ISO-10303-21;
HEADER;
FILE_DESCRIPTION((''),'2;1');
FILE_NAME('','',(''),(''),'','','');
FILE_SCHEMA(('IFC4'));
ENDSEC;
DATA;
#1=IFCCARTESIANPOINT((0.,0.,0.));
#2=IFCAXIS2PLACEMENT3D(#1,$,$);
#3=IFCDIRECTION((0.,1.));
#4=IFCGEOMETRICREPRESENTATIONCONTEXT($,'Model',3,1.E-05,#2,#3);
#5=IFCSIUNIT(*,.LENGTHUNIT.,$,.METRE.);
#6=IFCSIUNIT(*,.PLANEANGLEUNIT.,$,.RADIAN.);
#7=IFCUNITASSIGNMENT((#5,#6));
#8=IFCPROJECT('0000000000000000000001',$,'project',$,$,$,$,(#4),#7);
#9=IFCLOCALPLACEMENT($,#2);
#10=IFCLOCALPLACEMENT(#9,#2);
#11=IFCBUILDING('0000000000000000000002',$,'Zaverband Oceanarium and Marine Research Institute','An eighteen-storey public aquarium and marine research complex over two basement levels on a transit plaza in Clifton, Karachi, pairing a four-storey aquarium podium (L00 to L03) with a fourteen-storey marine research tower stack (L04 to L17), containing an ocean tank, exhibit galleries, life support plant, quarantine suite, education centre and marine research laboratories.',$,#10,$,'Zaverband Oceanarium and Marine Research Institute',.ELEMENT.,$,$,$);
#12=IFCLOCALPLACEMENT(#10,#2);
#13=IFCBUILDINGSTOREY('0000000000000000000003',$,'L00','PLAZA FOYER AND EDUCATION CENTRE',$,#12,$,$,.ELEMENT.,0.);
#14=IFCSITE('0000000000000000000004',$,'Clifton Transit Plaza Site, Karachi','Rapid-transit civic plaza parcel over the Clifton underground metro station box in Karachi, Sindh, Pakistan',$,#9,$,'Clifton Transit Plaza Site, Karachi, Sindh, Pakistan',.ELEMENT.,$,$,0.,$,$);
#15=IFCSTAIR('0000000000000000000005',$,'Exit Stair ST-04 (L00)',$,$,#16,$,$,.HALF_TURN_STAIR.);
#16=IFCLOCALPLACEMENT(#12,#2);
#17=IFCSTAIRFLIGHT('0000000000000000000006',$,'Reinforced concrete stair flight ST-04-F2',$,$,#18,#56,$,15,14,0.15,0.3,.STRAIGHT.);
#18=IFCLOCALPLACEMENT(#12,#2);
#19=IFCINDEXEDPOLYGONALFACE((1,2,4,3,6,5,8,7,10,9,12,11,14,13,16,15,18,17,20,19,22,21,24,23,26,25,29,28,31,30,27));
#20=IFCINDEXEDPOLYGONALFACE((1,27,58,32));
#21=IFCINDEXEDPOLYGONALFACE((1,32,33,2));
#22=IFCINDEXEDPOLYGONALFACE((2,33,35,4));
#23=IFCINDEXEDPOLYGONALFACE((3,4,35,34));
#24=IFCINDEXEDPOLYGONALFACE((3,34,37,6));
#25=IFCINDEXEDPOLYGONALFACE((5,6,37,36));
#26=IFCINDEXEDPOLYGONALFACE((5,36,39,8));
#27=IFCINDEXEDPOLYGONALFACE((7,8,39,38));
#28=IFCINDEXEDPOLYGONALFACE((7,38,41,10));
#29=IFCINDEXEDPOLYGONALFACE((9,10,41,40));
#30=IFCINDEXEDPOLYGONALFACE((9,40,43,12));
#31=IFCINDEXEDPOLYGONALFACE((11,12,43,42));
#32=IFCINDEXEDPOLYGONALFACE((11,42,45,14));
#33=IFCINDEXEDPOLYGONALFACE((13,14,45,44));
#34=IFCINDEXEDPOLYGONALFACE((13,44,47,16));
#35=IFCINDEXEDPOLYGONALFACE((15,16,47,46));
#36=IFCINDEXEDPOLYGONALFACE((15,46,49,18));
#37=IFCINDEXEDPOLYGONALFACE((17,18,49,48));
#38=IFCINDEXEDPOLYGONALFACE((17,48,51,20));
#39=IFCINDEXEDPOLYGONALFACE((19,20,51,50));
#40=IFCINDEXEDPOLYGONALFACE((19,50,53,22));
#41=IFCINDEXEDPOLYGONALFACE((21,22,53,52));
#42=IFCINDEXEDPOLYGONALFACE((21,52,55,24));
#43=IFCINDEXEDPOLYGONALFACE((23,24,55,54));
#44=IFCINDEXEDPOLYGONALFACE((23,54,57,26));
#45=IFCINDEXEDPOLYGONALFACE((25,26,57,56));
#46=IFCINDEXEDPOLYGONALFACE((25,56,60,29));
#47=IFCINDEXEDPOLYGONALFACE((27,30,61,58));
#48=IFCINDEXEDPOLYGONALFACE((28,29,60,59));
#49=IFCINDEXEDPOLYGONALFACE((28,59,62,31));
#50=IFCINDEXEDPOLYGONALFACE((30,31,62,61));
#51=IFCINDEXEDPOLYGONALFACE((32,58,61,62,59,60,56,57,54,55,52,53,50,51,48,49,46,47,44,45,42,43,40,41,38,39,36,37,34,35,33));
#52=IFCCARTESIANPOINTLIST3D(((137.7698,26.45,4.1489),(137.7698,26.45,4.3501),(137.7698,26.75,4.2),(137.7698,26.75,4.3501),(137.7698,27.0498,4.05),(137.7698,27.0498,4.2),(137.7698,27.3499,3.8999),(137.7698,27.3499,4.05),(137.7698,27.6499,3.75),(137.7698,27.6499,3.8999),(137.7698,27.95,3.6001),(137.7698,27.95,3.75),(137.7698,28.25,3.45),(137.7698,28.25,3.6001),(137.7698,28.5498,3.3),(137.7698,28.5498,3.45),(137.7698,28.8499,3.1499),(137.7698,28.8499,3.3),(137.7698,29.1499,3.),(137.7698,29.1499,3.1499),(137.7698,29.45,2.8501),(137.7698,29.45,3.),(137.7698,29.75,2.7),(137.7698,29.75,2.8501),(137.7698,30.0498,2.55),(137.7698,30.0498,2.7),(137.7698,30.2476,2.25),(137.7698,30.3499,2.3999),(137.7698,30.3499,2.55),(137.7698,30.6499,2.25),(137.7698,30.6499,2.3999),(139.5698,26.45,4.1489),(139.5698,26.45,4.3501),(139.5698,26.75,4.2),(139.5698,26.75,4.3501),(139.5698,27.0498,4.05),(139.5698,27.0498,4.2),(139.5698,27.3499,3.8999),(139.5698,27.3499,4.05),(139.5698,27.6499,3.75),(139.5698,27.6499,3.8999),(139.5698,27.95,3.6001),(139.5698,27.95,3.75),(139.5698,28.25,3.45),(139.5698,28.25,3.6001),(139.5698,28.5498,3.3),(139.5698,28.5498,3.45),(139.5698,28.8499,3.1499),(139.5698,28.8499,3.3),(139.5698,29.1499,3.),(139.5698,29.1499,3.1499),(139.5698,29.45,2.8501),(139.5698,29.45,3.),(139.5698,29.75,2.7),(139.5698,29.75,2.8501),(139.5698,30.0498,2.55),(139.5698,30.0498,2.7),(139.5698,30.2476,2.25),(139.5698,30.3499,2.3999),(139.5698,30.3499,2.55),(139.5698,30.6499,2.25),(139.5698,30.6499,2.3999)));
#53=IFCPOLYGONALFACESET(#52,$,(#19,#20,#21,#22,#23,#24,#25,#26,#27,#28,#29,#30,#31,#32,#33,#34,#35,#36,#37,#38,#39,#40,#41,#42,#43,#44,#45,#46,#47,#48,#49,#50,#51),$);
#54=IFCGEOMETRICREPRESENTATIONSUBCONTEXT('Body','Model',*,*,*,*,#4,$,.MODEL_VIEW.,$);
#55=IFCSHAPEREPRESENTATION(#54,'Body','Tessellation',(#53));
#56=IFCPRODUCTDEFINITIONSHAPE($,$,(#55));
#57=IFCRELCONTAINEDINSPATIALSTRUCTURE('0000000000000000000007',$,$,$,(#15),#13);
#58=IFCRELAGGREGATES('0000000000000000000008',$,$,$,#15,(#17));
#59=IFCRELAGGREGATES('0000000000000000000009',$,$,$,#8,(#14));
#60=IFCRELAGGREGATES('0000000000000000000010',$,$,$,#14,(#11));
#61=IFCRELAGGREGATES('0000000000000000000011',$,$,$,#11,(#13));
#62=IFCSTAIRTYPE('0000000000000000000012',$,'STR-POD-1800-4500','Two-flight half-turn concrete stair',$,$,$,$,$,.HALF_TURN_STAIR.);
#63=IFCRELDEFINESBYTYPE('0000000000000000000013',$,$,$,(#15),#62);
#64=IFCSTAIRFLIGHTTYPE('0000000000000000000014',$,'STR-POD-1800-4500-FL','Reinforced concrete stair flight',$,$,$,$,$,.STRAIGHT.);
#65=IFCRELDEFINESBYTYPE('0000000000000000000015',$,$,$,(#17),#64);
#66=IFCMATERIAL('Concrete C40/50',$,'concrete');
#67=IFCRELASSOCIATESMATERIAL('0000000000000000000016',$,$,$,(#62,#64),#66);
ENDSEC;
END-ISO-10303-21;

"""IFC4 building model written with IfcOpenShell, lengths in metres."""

from ifc_helpers import new_model, si_unit, direction, frame, origin, place, context, subcontext, project, spatial, polyline, outline, extrude, material, type_object, element, aggregate, save


model = new_model("IFC4")

# Units and contexts
model_context = context("Model", 3, precision=1e-05, world=origin(), true_north=direction((0.0, 1.0)))
body_context = subcontext(model_context, "Body", "Model", "MODEL_VIEW")
ifc_project = project(units=[si_unit("LENGTHUNIT", "METRE"), si_unit("PLANEANGLEUNIT", "RADIAN")], contexts=[model_context])

# Site, building, storey
site_placement = place(None, origin())
site = spatial("IfcSite", under=ifc_project, at=site_placement, Name="Clifton Transit Plaza Site, Karachi", Description="Rapid-transit civic plaza parcel over the Clifton underground metro station box in Karachi, Sindh, Pakistan", LongName="Clifton Transit Plaza Site, Karachi, Sindh, Pakistan", CompositionType="ELEMENT", RefElevation=0.0)
building_placement = place(site_placement, origin())
building = spatial("IfcBuilding", under=site, at=building_placement, Name="Zaverband Oceanarium and Marine Research Institute", Description="An eighteen-storey public aquarium and marine research complex over two basement levels on a transit plaza in Clifton, Karachi, pairing a four-storey aquarium podium (L00 to L03) with a fourteen-storey marine research tower stack (L04 to L17), containing an ocean tank, exhibit galleries, life support plant, quarantine suite, education centre and marine research laboratories.", LongName="Zaverband Oceanarium and Marine Research Institute", CompositionType="ELEMENT")
storey_placement = place(building_placement, origin())
storey = spatial("IfcBuildingStorey", under=building, at=storey_placement, Name="L00", Description="PLAZA FOYER AND EDUCATION CENTRE", CompositionType="ELEMENT", Elevation=0.0)

# Shared definitions
ifc_material_1 = material(Name="Concrete C40/50", Category="concrete")

# Stair, stair flight
stair_type = type_object("IfcStairType", Name="STR-POD-1800-4500", Description="Two-flight half-turn concrete stair", PredefinedType="HALF_TURN_STAIR", material=ifc_material_1)
stair_placement = place(storey_placement, origin())
stair = element("IfcStair", 1, at=stair_placement, inside=storey, type_object=stair_type, Name="Exit Stair ST-04 (L00)", PredefinedType="HALF_TURN_STAIR")
stair_flight_type = type_object("IfcStairFlightType", Name="STR-POD-1800-4500-FL", Description="Reinforced concrete stair flight", PredefinedType="STRAIGHT", material=ifc_material_1)
stair_flight_1_placement = place(storey_placement, frame((138.6699, 30.6499, 2.25), z_axis=(0.0, 0.0, 1.0), x_axis=(0.0, -1.0, 0.0)))
stair_flight_1 = element("IfcStairFlight", 2, at=stair_flight_1_placement, type_object=stair_flight_type, Name="Reinforced concrete stair flight ST-04-F2", NumberOfRisers=15, NumberOfTreads=14, PredefinedType="STRAIGHT", RiserHeight=0.15, TreadLength=0.3, context=body_context, shape_type="SweptSolid", body=[
    extrude(outline(polyline([(0.0, 0.0), (0.0, 0.1499), (0.3, 0.1499), (0.3, 0.3), (0.6001, 0.3), (0.6001, 0.45), (0.8999, 0.45), (0.8999, 0.6001), (1.2, 0.6001), (1.2, 0.75), (1.5, 0.75), (1.5, 0.8999), (1.8, 0.8999), (1.8, 1.05), (2.1001, 1.05), (2.1001, 1.2), (2.3999, 1.2), (2.3999, 1.3501), (2.7, 1.3501), (2.7, 1.5), (3.0, 1.5), (3.0, 1.6499), (3.3, 1.6499), (3.3, 1.8), (3.6001, 1.8), (3.6001, 1.95), (3.8999, 1.95), (3.8999, 2.1001), (4.2, 2.1001), (4.2, 2.25), (4.2, 1.8989), (0.4023, 0.0), (0.0, 0.0)])), frame((0.0, 0.8999, 0.0), z_axis=(0.0, -1.0, 0.0), x_axis=(1.0, 0.0, 0.0)), (0.0, 0.0, 1.0), 1.8),
])
aggregate(stair, [stair_flight_1])

save(model, "model.ifc")
